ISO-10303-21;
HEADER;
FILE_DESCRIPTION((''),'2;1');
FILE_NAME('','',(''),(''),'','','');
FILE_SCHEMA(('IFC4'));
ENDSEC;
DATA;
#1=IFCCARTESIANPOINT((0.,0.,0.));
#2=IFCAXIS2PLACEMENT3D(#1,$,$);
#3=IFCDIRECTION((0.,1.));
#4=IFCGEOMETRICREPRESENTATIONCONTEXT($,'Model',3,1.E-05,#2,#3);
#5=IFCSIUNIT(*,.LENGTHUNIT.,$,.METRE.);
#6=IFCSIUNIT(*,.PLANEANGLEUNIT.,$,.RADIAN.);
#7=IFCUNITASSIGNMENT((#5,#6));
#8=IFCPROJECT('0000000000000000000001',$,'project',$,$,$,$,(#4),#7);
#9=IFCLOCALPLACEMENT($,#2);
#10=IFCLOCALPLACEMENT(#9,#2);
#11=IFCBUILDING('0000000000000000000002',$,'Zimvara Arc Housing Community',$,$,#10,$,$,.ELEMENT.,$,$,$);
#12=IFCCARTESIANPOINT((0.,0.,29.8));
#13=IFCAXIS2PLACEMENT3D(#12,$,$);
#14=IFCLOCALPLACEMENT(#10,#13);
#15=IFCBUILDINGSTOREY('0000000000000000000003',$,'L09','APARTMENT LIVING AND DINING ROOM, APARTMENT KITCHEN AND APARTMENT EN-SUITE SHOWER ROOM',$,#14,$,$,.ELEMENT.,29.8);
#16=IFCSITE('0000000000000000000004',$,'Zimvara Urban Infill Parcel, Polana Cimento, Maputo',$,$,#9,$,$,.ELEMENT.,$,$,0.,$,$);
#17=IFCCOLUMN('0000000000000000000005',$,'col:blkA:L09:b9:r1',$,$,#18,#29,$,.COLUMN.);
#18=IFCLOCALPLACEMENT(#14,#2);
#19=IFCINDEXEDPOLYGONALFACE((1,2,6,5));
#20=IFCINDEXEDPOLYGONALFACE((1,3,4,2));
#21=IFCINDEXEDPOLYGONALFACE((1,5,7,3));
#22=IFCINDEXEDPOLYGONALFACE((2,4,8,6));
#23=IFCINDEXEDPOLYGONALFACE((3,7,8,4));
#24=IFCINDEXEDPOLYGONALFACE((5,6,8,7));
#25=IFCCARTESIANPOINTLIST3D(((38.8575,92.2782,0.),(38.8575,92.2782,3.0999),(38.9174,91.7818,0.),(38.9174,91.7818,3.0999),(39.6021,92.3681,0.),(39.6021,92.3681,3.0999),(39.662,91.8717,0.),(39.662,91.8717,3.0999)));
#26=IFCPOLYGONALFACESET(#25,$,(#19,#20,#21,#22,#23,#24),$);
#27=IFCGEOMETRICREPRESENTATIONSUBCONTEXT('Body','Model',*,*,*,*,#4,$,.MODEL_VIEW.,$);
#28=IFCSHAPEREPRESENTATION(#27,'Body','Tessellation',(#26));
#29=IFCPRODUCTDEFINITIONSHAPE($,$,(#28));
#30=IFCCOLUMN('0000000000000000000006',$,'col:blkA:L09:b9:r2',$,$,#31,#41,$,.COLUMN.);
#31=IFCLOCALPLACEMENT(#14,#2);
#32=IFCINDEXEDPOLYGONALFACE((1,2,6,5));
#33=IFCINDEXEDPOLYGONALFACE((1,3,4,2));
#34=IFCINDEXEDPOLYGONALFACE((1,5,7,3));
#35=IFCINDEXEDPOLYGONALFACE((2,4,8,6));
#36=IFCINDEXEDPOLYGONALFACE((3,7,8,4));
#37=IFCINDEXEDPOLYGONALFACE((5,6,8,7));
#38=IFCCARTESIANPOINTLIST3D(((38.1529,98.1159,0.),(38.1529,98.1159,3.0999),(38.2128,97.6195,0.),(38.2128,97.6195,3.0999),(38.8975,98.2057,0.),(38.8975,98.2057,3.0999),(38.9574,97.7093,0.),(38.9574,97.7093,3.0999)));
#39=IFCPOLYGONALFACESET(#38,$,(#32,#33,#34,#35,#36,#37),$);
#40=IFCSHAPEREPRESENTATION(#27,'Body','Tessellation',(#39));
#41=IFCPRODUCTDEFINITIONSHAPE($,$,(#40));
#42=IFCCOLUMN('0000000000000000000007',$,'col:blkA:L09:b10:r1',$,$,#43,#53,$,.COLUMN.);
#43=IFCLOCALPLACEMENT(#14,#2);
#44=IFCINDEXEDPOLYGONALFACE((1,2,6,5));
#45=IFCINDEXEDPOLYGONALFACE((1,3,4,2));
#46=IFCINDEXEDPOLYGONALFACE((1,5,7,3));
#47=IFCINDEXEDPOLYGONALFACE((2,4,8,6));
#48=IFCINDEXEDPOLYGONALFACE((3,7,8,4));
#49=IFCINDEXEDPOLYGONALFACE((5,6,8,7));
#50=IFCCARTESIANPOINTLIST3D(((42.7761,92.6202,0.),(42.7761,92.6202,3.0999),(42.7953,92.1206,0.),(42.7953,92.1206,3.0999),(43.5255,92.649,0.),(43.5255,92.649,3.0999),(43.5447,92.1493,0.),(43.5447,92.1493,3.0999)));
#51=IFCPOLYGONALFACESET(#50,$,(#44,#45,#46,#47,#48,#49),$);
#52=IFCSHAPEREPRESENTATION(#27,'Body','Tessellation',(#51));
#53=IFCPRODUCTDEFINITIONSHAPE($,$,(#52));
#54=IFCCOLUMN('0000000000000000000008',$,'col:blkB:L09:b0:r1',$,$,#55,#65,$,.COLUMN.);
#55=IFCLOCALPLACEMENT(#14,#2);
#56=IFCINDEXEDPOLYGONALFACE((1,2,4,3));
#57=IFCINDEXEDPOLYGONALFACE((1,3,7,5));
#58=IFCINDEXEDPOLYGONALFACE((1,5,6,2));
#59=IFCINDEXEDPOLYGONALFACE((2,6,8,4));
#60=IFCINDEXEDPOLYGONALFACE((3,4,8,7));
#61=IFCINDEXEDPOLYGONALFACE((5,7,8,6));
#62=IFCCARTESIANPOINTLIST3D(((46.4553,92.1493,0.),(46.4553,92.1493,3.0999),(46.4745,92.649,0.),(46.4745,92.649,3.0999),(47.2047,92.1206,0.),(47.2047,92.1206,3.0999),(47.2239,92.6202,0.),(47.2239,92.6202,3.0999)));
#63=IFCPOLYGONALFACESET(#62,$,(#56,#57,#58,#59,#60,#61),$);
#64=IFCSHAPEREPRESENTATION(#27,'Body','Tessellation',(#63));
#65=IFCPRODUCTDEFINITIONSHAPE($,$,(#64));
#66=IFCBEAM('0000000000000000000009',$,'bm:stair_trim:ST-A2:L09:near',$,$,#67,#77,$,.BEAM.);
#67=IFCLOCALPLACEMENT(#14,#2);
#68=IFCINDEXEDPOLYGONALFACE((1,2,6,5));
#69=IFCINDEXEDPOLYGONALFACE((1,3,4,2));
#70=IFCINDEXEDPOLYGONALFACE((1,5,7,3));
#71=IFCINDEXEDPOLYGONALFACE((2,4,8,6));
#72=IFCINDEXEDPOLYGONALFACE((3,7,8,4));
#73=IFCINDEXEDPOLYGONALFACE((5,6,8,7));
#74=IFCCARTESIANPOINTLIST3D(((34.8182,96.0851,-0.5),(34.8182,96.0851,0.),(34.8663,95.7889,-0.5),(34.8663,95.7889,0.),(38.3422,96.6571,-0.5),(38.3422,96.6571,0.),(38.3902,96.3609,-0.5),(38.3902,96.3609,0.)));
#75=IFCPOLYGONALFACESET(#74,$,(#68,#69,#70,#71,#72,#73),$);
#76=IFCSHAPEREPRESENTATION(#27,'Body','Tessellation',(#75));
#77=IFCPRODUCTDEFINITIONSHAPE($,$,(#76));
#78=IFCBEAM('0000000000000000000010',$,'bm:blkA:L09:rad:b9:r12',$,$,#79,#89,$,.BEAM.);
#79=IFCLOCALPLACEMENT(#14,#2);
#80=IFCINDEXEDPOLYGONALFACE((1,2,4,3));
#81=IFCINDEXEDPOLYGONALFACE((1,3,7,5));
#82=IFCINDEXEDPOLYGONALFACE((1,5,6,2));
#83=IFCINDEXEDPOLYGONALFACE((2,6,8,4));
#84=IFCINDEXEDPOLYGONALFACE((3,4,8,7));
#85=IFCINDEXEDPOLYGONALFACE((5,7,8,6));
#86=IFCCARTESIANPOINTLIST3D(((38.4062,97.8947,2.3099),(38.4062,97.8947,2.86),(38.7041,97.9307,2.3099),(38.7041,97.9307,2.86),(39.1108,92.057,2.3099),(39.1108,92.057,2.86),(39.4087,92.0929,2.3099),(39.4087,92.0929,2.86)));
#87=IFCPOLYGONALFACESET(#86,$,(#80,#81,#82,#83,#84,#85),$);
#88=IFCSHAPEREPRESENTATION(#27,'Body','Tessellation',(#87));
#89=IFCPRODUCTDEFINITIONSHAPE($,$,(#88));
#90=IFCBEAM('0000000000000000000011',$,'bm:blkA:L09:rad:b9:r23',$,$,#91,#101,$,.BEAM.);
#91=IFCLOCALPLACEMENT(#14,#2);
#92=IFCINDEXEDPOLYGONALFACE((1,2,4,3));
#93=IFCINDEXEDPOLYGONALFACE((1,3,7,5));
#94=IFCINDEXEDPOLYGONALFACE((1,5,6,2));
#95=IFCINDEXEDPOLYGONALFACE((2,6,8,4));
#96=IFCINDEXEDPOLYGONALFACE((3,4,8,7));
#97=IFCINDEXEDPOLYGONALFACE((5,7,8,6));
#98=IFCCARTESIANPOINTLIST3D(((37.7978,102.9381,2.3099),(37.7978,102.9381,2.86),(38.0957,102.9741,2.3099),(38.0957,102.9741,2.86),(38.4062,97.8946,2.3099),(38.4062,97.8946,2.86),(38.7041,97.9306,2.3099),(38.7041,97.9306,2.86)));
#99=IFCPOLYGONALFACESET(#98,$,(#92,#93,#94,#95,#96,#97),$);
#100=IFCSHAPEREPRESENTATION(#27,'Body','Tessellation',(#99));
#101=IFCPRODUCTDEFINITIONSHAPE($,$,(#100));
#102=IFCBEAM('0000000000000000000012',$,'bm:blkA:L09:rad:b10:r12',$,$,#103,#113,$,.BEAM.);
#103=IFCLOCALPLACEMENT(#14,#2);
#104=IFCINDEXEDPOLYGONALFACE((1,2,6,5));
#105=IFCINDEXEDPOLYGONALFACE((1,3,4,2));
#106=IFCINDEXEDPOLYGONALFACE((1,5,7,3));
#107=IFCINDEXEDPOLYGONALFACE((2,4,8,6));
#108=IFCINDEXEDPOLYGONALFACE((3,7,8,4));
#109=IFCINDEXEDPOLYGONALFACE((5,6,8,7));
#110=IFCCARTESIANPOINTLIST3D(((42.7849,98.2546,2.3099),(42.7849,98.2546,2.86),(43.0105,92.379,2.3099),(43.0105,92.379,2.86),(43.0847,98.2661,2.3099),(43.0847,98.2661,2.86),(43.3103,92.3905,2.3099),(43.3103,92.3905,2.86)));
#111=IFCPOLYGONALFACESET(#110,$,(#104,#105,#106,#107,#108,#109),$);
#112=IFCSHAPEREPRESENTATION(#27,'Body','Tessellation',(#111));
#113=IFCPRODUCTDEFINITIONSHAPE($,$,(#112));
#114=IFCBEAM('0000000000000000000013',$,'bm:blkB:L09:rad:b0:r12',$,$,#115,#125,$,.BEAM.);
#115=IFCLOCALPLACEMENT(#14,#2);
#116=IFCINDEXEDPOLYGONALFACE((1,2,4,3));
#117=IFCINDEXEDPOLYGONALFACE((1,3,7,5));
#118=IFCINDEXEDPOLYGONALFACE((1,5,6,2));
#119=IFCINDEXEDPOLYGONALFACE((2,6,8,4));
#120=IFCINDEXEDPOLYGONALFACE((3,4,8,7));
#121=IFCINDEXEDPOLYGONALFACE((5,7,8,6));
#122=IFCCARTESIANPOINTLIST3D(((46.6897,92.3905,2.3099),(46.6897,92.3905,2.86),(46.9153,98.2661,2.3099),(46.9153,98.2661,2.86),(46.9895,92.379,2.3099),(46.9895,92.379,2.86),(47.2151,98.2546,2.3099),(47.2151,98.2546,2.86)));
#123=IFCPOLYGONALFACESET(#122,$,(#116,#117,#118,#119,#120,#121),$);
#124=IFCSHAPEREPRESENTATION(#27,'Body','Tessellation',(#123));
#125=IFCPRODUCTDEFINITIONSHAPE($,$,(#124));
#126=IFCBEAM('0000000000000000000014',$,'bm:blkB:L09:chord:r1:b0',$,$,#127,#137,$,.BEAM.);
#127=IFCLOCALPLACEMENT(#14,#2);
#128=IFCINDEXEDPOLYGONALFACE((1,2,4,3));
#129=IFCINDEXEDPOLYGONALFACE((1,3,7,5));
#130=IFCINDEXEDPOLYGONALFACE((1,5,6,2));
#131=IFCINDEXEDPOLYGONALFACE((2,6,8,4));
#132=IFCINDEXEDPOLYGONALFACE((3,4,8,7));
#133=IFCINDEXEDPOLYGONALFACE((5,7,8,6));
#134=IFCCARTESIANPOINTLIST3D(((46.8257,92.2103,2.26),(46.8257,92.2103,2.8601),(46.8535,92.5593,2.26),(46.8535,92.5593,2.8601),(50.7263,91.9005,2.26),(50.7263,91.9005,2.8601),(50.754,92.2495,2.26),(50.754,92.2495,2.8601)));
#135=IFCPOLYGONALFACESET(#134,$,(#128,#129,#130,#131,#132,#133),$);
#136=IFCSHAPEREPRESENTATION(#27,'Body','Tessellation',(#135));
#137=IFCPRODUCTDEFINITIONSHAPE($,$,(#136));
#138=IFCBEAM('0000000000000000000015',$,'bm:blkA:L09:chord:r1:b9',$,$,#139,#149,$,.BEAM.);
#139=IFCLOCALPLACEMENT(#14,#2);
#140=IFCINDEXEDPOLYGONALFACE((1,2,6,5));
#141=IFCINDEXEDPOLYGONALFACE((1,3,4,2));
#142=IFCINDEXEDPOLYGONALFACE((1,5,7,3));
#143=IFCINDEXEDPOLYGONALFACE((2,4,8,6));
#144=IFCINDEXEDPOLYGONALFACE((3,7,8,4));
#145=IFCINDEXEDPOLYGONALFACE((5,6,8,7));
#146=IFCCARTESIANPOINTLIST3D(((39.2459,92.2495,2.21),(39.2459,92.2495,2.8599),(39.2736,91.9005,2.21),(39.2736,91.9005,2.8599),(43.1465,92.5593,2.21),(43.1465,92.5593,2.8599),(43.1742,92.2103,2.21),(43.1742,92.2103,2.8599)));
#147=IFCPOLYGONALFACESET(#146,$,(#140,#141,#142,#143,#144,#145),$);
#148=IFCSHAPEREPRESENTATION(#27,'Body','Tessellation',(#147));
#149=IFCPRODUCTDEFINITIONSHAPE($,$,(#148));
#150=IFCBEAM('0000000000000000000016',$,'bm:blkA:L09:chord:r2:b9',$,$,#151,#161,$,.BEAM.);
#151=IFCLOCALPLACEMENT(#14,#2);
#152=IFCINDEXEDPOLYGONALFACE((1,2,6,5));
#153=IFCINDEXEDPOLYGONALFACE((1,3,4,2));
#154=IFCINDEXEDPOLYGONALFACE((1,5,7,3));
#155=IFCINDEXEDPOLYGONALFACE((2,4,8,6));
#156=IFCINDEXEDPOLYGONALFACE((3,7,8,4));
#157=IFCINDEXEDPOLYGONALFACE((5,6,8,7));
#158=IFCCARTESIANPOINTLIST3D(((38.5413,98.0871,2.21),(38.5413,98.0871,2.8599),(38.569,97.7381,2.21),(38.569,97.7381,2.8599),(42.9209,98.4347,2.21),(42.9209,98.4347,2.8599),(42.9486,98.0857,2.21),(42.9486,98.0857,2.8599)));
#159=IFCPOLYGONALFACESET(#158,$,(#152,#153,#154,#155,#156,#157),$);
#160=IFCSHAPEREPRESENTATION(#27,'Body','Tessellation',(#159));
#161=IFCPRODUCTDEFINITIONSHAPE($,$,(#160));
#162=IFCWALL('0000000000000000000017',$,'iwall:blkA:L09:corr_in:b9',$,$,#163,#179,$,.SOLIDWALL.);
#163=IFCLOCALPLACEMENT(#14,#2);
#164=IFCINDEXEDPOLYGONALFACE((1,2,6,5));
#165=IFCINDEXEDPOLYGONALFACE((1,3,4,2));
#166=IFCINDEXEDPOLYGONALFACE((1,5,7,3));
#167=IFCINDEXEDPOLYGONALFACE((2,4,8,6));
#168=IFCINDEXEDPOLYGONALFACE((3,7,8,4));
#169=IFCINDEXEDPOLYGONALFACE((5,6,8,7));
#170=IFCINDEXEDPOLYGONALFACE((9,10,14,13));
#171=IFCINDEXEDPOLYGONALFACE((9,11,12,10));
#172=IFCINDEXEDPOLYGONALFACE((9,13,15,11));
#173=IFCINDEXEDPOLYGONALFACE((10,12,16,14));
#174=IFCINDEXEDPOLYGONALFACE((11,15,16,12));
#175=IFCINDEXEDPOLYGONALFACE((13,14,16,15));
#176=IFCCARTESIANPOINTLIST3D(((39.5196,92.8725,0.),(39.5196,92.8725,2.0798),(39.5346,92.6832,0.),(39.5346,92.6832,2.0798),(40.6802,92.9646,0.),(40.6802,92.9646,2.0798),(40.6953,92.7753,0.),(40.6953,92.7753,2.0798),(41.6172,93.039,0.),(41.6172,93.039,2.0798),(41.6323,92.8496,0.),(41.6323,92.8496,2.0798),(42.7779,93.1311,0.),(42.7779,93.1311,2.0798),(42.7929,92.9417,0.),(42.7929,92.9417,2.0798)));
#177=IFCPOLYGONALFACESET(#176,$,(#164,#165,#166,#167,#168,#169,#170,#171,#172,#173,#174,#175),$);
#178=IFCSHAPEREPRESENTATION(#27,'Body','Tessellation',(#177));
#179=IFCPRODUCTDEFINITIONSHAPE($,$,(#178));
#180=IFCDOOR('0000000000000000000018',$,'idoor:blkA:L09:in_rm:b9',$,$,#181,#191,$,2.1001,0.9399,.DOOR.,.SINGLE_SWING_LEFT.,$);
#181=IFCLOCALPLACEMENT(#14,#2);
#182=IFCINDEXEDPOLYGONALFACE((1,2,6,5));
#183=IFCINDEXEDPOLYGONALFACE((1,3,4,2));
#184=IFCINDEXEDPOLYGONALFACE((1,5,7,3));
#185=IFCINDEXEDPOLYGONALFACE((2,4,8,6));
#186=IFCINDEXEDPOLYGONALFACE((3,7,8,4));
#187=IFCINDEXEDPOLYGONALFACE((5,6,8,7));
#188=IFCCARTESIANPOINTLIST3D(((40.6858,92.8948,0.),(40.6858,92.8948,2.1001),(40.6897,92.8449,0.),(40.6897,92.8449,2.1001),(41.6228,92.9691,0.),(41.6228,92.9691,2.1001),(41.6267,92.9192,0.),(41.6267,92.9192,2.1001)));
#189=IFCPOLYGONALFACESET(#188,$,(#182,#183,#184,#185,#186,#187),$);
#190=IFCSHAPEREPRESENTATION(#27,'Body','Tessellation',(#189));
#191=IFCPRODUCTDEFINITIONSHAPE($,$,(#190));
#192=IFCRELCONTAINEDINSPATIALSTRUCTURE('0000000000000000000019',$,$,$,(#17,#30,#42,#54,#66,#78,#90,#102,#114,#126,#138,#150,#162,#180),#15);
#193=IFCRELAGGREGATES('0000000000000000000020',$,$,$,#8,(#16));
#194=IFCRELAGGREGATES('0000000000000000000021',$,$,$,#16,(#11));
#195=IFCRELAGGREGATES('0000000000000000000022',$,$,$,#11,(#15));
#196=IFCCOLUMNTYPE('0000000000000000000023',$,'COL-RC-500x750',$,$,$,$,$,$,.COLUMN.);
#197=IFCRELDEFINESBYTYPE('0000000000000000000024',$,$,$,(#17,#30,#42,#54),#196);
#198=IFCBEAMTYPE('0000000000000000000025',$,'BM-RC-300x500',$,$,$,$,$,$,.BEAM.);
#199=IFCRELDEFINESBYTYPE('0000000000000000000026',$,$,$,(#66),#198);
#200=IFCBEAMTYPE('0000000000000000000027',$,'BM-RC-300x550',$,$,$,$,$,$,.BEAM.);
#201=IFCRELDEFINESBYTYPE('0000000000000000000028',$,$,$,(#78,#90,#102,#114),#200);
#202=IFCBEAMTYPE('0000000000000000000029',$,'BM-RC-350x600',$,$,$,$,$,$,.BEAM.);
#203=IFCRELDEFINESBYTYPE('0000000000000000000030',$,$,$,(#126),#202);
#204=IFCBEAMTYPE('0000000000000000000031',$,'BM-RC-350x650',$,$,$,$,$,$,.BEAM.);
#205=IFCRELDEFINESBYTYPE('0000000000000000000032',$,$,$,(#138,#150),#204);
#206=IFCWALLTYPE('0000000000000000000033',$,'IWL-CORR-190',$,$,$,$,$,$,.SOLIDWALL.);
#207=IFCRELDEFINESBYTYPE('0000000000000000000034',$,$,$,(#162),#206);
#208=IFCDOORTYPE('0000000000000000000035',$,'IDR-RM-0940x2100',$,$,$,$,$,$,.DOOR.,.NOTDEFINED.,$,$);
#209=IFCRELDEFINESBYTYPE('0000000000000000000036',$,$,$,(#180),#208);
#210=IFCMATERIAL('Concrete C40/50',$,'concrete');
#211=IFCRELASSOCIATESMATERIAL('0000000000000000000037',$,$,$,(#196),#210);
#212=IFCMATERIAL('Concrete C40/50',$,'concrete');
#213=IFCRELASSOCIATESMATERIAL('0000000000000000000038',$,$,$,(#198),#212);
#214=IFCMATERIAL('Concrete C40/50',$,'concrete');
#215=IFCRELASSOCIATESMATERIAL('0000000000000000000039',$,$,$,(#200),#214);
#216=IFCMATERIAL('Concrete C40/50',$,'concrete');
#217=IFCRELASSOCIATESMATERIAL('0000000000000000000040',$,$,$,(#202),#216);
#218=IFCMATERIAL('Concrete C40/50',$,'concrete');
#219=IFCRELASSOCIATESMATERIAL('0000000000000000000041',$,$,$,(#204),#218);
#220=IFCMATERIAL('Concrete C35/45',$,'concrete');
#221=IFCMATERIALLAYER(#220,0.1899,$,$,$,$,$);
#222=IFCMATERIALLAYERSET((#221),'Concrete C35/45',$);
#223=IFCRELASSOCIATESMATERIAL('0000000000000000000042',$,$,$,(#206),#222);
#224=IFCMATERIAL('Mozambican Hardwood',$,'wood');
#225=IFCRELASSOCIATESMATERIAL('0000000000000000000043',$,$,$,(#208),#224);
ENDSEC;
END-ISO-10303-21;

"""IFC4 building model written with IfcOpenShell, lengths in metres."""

from ifc_helpers import new_model, si_unit, direction, frame, frame_2d, origin, origin_2d, place, context, subcontext, project, spatial, rectangle, extrude, material, layer, layer_set, material_profile, profile_set, type_object, element, fill, save


model = new_model("IFC4")

# Units and contexts
model_context = context("Model", 3, precision=1e-05, world=origin(), true_north=direction((0.0, 1.0)))
body_context = subcontext(model_context, "Body", "Model", "MODEL_VIEW")
ifc_project = project(units=[si_unit("LENGTHUNIT", "METRE"), si_unit("PLANEANGLEUNIT", "RADIAN")], contexts=[model_context])

# Site, building, storey
site_placement = place(None, origin())
site = spatial("IfcSite", under=ifc_project, at=site_placement, Name="Zimvara Urban Infill Parcel, Polana Cimento, Maputo", CompositionType="ELEMENT", RefElevation=0.0)
building_placement = place(site_placement, origin())
building = spatial("IfcBuilding", under=site, at=building_placement, Name="Zimvara Arc Housing Community", CompositionType="ELEMENT")
storey_placement = place(building_placement, frame((0.0, 0.0, 29.8)))
storey = spatial("IfcBuildingStorey", under=building, at=storey_placement, Name="L09", Description="APARTMENT LIVING AND DINING ROOM, APARTMENT KITCHEN AND APARTMENT EN-SUITE SHOWER ROOM", CompositionType="ELEMENT", Elevation=29.8)

# Columns
ifc_material_1 = material(Name="Concrete C40/50", Category="concrete")
ifc_material_profile_1 = material_profile(ifc_material_1, rectangle(XDim=0.5, YDim=0.75, at=origin_2d()), Name="RC 500x750")
ifc_profile_set_1 = profile_set([ifc_material_profile_1], Name="Concrete C40/50")
column_type = type_object("IfcColumnType", Name="COL-RC-500x750", PredefinedType="COLUMN", material=ifc_profile_set_1)
for number, where, z_axis, x_axis, name in (
    (1, (39.2598, 92.075, 0.0), (0.0, 0.0, 1.0), (-0.11979, 0.992799, 0.0), "col:blkA:L09:b9:r1"),
    (2, (38.5552, 97.9126, 0.0), (0.0, 0.0, 1.0), (-0.11979, 0.992799, 0.0), "col:blkA:L09:b9:r2"),
    (3, (43.1604, 92.3848, 0.0), (0.0, 0.0, 1.0), (-0.038388, 0.999263, 0.0), "col:blkA:L09:b10:r1"),
    (4, (46.8396, 92.3848, 0.0), (0.0, 0.0, 1.0), (0.038388, 0.999263, 0.0), "col:blkB:L09:b0:r1"),
):
    element("IfcColumn", number, at=place(storey_placement, frame(where, z_axis=z_axis, x_axis=x_axis)), inside=storey, type_object=column_type, Name=name, PredefinedType="COLUMN", context=body_context, shape_type="SweptSolid", body=[
        extrude(rectangle(XDim=0.5, YDim=0.75, at=origin_2d()), origin(), (0.0, 0.0, 1.0), 3.0999),
    ])

# Beams
ifc_material_2 = material(Name="Concrete C40/50", Category="concrete")
ifc_material_profile_2 = material_profile(ifc_material_2, rectangle(XDim=0.3, YDim=0.5, at=origin_2d()), Name="RC 300x500")
ifc_profile_set_2 = profile_set([ifc_material_profile_2], Name="Concrete C40/50")
beam_type_1 = type_object("IfcBeamType", Name="BM-RC-300x500", PredefinedType="BEAM", material=ifc_profile_set_2)
beam_1_placement = place(storey_placement, frame((38.3662, 96.509, -0.25), z_axis=(-0.98708, -0.160228, 0.0), x_axis=(0.160228, -0.98708, 0.0)))
element("IfcBeam", 5, at=beam_1_placement, inside=storey, type_object=beam_type_1, Name="bm:stair_trim:ST-A2:L09:near", PredefinedType="BEAM", context=body_context, shape_type="SweptSolid", body=[
    extrude(rectangle(XDim=0.3, YDim=0.5, at=origin_2d()), origin(), (0.0, 0.0, 1.0), 3.5701),
])
ifc_material_3 = material(Name="Concrete C40/50", Category="concrete")
ifc_material_profile_3 = material_profile(ifc_material_3, rectangle(XDim=0.3, YDim=0.55, at=origin_2d()), Name="RC 300x550")
ifc_profile_set_3 = profile_set([ifc_material_profile_3], Name="Concrete C40/50")
beam_type_2 = type_object("IfcBeamType", Name="BM-RC-300x550", PredefinedType="BEAM", material=ifc_profile_set_3)
beam_2_placement = place(storey_placement, frame((39.2598, 92.075, 2.585), z_axis=(-0.119828, 0.992795, 0.0), x_axis=(-0.992795, -0.119828, 0.0)))
element("IfcBeam", 6, at=beam_2_placement, inside=storey, type_object=beam_type_2, Name="bm:blkA:L09:rad:b9:r12", PredefinedType="BEAM", context=body_context, shape_type="SweptSolid", body=[
    extrude(rectangle(XDim=0.3, YDim=0.55, at=origin_2d()), origin(), (0.0, 0.0, 1.0), 5.8801),
])
beam_3_placement = place(storey_placement, frame((38.5552, 97.9126, 2.585), z_axis=(-0.119763, 0.992803, 0.0), x_axis=(-0.992803, -0.119763, 0.0)))
element("IfcBeam", 7, at=beam_3_placement, inside=storey, type_object=beam_type_2, Name="bm:blkA:L09:rad:b9:r23", PredefinedType="BEAM", context=body_context, shape_type="SweptSolid", body=[
    extrude(rectangle(XDim=0.3, YDim=0.55, at=origin_2d()), origin(), (0.0, 0.0, 1.0), 5.0801),
])
for number, where, z_axis, x_axis, name in (
    (8, (43.1604, 92.3848, 2.585), (-0.038366, 0.999264, 0.0), (-0.999264, -0.038366, 0.0), "bm:blkA:L09:rad:b10:r12"),
    (9, (46.8396, 92.3848, 2.585), (0.038366, 0.999264, 0.0), (-0.999264, 0.038366, 0.0), "bm:blkB:L09:rad:b0:r12"),
):
    element("IfcBeam", number, at=place(storey_placement, frame(where, z_axis=z_axis, x_axis=x_axis)), inside=storey, type_object=beam_type_2, Name=name, PredefinedType="BEAM", context=body_context, shape_type="SweptSolid", body=[
        extrude(rectangle(XDim=0.3, YDim=0.55, at=origin_2d()), origin(), (0.0, 0.0, 1.0), 5.8799),
    ])
ifc_material_4 = material(Name="Concrete C40/50", Category="concrete")
ifc_material_profile_4 = material_profile(ifc_material_4, rectangle(XDim=0.3501, YDim=0.6001, at=origin_2d()), Name="RC 350x600")
ifc_profile_set_4 = profile_set([ifc_material_profile_4], Name="Concrete C40/50")
beam_type_3 = type_object("IfcBeamType", Name="BM-RC-350x600", PredefinedType="BEAM", material=ifc_profile_set_4)
beam_4_placement = place(storey_placement, frame((46.8396, 92.3848, 2.5601), z_axis=(0.996861, -0.079177, 0.0), x_axis=(0.079177, 0.996861, 0.0)))
element("IfcBeam", 10, at=beam_4_placement, inside=storey, type_object=beam_type_3, Name="bm:blkB:L09:chord:r1:b0", PredefinedType="BEAM", context=body_context, shape_type="SweptSolid", body=[
    extrude(rectangle(XDim=0.3501, YDim=0.6001, at=origin_2d()), origin(), (0.0, 0.0, 1.0), 3.9128),
])
ifc_material_5 = material(Name="Concrete C40/50", Category="concrete")
ifc_material_profile_5 = material_profile(ifc_material_5, rectangle(XDim=0.3501, YDim=0.6499, at=origin_2d()), Name="RC 350x650")
ifc_profile_set_5 = profile_set([ifc_material_profile_5], Name="Concrete C40/50")
beam_type_4 = type_object("IfcBeamType", Name="BM-RC-350x650", PredefinedType="BEAM", material=ifc_profile_set_5)
beam_5_placement = place(storey_placement, frame((39.2598, 92.075, 2.5349), z_axis=(0.996861, 0.079177, 0.0), x_axis=(-0.079177, 0.996861, 0.0)))
element("IfcBeam", 11, at=beam_5_placement, inside=storey, type_object=beam_type_4, Name="bm:blkA:L09:chord:r1:b9", PredefinedType="BEAM", context=body_context, shape_type="SweptSolid", body=[
    extrude(rectangle(XDim=0.3501, YDim=0.6499, at=origin_2d()), origin(), (0.0, 0.0, 1.0), 3.9128),
])
beam_6_placement = place(storey_placement, frame((38.5552, 97.9126, 2.5349), z_axis=(0.996864, 0.079131, 0.0), x_axis=(-0.079131, 0.996864, 0.0)))
element("IfcBeam", 12, at=beam_6_placement, inside=storey, type_object=beam_type_4, Name="bm:blkA:L09:chord:r2:b9", PredefinedType="BEAM", context=body_context, shape_type="SweptSolid", body=[
    extrude(rectangle(XDim=0.3501, YDim=0.6499, at=origin_2d()), origin(), (0.0, 0.0, 1.0), 4.3933),
])

# Wall, opening, door
ifc_material_6 = material(Name="Concrete C35/45", Category="concrete")
ifc_layer_1 = layer(ifc_material_6, 0.1899)
ifc_layer_set_1 = layer_set([ifc_layer_1], Name="Concrete C35/45")
wall_type_1 = type_object("IfcWallType", Name="IWL-CORR-190", PredefinedType="SOLIDWALL", material=ifc_layer_set_1)
wall_1_placement = place(storey_placement, frame((39.5271, 92.7778, 0.0), z_axis=(0.0, 0.0, 1.0), x_axis=(0.996867, 0.079101, 0.0)))
wall_1 = element("IfcWall", 13, at=wall_1_placement, inside=storey, type_object=wall_type_1, Name="iwall:blkA:L09:corr_in:b9", PredefinedType="SOLIDWALL", context=body_context, shape_type="SweptSolid", body=[
    extrude(rectangle(XDim=3.2686, YDim=0.1899, at=frame_2d((1.6343, 0.0))), origin(), (0.0, 0.0, 1.0), 2.0798),
])
opening_1_placement = place(wall_1_placement, frame((1.1643, 0.0, 0.0)))
opening_1 = element("IfcOpeningElement", 14, at=opening_1_placement, cuts=wall_1, PredefinedType="OPENING", context=body_context, shape_type="SweptSolid", body=[
    extrude(rectangle(XDim=0.9399, YDim=2.1001, at=frame_2d((0.47, 1.05))), frame((0.0, 0.105, 0.0), z_axis=(0.0, -1.0, 0.0), x_axis=(1.0, 0.0, 0.0)), (0.0, 0.0, 1.0), 0.21),
])
ifc_material_7 = material(Name="Mozambican Hardwood", Category="wood")
door_type_1 = type_object("IfcDoorType", Name="IDR-RM-0940x2100", OperationType="NOTDEFINED", PredefinedType="DOOR", material=ifc_material_7)
door_1_placement = place(opening_1_placement, origin())
door_1 = element("IfcDoor", 15, at=door_1_placement, inside=storey, type_object=door_type_1, Name="idoor:blkA:L09:in_rm:b9", OperationType="SINGLE_SWING_LEFT", OverallHeight=2.1001, OverallWidth=0.9399, PredefinedType="DOOR", context=body_context, shape_type="SweptSolid", body=[
    extrude(rectangle(XDim=0.9399, YDim=2.1001, at=frame_2d((0.47, 1.05))), frame((0.0, 0.0249, 0.0), z_axis=(0.0, -1.0, 0.0), x_axis=(1.0, 0.0, 0.0)), (0.0, 0.0, 1.0), 0.05),
])
fill(opening_1, door_1)

save(model, "model.ifc")
